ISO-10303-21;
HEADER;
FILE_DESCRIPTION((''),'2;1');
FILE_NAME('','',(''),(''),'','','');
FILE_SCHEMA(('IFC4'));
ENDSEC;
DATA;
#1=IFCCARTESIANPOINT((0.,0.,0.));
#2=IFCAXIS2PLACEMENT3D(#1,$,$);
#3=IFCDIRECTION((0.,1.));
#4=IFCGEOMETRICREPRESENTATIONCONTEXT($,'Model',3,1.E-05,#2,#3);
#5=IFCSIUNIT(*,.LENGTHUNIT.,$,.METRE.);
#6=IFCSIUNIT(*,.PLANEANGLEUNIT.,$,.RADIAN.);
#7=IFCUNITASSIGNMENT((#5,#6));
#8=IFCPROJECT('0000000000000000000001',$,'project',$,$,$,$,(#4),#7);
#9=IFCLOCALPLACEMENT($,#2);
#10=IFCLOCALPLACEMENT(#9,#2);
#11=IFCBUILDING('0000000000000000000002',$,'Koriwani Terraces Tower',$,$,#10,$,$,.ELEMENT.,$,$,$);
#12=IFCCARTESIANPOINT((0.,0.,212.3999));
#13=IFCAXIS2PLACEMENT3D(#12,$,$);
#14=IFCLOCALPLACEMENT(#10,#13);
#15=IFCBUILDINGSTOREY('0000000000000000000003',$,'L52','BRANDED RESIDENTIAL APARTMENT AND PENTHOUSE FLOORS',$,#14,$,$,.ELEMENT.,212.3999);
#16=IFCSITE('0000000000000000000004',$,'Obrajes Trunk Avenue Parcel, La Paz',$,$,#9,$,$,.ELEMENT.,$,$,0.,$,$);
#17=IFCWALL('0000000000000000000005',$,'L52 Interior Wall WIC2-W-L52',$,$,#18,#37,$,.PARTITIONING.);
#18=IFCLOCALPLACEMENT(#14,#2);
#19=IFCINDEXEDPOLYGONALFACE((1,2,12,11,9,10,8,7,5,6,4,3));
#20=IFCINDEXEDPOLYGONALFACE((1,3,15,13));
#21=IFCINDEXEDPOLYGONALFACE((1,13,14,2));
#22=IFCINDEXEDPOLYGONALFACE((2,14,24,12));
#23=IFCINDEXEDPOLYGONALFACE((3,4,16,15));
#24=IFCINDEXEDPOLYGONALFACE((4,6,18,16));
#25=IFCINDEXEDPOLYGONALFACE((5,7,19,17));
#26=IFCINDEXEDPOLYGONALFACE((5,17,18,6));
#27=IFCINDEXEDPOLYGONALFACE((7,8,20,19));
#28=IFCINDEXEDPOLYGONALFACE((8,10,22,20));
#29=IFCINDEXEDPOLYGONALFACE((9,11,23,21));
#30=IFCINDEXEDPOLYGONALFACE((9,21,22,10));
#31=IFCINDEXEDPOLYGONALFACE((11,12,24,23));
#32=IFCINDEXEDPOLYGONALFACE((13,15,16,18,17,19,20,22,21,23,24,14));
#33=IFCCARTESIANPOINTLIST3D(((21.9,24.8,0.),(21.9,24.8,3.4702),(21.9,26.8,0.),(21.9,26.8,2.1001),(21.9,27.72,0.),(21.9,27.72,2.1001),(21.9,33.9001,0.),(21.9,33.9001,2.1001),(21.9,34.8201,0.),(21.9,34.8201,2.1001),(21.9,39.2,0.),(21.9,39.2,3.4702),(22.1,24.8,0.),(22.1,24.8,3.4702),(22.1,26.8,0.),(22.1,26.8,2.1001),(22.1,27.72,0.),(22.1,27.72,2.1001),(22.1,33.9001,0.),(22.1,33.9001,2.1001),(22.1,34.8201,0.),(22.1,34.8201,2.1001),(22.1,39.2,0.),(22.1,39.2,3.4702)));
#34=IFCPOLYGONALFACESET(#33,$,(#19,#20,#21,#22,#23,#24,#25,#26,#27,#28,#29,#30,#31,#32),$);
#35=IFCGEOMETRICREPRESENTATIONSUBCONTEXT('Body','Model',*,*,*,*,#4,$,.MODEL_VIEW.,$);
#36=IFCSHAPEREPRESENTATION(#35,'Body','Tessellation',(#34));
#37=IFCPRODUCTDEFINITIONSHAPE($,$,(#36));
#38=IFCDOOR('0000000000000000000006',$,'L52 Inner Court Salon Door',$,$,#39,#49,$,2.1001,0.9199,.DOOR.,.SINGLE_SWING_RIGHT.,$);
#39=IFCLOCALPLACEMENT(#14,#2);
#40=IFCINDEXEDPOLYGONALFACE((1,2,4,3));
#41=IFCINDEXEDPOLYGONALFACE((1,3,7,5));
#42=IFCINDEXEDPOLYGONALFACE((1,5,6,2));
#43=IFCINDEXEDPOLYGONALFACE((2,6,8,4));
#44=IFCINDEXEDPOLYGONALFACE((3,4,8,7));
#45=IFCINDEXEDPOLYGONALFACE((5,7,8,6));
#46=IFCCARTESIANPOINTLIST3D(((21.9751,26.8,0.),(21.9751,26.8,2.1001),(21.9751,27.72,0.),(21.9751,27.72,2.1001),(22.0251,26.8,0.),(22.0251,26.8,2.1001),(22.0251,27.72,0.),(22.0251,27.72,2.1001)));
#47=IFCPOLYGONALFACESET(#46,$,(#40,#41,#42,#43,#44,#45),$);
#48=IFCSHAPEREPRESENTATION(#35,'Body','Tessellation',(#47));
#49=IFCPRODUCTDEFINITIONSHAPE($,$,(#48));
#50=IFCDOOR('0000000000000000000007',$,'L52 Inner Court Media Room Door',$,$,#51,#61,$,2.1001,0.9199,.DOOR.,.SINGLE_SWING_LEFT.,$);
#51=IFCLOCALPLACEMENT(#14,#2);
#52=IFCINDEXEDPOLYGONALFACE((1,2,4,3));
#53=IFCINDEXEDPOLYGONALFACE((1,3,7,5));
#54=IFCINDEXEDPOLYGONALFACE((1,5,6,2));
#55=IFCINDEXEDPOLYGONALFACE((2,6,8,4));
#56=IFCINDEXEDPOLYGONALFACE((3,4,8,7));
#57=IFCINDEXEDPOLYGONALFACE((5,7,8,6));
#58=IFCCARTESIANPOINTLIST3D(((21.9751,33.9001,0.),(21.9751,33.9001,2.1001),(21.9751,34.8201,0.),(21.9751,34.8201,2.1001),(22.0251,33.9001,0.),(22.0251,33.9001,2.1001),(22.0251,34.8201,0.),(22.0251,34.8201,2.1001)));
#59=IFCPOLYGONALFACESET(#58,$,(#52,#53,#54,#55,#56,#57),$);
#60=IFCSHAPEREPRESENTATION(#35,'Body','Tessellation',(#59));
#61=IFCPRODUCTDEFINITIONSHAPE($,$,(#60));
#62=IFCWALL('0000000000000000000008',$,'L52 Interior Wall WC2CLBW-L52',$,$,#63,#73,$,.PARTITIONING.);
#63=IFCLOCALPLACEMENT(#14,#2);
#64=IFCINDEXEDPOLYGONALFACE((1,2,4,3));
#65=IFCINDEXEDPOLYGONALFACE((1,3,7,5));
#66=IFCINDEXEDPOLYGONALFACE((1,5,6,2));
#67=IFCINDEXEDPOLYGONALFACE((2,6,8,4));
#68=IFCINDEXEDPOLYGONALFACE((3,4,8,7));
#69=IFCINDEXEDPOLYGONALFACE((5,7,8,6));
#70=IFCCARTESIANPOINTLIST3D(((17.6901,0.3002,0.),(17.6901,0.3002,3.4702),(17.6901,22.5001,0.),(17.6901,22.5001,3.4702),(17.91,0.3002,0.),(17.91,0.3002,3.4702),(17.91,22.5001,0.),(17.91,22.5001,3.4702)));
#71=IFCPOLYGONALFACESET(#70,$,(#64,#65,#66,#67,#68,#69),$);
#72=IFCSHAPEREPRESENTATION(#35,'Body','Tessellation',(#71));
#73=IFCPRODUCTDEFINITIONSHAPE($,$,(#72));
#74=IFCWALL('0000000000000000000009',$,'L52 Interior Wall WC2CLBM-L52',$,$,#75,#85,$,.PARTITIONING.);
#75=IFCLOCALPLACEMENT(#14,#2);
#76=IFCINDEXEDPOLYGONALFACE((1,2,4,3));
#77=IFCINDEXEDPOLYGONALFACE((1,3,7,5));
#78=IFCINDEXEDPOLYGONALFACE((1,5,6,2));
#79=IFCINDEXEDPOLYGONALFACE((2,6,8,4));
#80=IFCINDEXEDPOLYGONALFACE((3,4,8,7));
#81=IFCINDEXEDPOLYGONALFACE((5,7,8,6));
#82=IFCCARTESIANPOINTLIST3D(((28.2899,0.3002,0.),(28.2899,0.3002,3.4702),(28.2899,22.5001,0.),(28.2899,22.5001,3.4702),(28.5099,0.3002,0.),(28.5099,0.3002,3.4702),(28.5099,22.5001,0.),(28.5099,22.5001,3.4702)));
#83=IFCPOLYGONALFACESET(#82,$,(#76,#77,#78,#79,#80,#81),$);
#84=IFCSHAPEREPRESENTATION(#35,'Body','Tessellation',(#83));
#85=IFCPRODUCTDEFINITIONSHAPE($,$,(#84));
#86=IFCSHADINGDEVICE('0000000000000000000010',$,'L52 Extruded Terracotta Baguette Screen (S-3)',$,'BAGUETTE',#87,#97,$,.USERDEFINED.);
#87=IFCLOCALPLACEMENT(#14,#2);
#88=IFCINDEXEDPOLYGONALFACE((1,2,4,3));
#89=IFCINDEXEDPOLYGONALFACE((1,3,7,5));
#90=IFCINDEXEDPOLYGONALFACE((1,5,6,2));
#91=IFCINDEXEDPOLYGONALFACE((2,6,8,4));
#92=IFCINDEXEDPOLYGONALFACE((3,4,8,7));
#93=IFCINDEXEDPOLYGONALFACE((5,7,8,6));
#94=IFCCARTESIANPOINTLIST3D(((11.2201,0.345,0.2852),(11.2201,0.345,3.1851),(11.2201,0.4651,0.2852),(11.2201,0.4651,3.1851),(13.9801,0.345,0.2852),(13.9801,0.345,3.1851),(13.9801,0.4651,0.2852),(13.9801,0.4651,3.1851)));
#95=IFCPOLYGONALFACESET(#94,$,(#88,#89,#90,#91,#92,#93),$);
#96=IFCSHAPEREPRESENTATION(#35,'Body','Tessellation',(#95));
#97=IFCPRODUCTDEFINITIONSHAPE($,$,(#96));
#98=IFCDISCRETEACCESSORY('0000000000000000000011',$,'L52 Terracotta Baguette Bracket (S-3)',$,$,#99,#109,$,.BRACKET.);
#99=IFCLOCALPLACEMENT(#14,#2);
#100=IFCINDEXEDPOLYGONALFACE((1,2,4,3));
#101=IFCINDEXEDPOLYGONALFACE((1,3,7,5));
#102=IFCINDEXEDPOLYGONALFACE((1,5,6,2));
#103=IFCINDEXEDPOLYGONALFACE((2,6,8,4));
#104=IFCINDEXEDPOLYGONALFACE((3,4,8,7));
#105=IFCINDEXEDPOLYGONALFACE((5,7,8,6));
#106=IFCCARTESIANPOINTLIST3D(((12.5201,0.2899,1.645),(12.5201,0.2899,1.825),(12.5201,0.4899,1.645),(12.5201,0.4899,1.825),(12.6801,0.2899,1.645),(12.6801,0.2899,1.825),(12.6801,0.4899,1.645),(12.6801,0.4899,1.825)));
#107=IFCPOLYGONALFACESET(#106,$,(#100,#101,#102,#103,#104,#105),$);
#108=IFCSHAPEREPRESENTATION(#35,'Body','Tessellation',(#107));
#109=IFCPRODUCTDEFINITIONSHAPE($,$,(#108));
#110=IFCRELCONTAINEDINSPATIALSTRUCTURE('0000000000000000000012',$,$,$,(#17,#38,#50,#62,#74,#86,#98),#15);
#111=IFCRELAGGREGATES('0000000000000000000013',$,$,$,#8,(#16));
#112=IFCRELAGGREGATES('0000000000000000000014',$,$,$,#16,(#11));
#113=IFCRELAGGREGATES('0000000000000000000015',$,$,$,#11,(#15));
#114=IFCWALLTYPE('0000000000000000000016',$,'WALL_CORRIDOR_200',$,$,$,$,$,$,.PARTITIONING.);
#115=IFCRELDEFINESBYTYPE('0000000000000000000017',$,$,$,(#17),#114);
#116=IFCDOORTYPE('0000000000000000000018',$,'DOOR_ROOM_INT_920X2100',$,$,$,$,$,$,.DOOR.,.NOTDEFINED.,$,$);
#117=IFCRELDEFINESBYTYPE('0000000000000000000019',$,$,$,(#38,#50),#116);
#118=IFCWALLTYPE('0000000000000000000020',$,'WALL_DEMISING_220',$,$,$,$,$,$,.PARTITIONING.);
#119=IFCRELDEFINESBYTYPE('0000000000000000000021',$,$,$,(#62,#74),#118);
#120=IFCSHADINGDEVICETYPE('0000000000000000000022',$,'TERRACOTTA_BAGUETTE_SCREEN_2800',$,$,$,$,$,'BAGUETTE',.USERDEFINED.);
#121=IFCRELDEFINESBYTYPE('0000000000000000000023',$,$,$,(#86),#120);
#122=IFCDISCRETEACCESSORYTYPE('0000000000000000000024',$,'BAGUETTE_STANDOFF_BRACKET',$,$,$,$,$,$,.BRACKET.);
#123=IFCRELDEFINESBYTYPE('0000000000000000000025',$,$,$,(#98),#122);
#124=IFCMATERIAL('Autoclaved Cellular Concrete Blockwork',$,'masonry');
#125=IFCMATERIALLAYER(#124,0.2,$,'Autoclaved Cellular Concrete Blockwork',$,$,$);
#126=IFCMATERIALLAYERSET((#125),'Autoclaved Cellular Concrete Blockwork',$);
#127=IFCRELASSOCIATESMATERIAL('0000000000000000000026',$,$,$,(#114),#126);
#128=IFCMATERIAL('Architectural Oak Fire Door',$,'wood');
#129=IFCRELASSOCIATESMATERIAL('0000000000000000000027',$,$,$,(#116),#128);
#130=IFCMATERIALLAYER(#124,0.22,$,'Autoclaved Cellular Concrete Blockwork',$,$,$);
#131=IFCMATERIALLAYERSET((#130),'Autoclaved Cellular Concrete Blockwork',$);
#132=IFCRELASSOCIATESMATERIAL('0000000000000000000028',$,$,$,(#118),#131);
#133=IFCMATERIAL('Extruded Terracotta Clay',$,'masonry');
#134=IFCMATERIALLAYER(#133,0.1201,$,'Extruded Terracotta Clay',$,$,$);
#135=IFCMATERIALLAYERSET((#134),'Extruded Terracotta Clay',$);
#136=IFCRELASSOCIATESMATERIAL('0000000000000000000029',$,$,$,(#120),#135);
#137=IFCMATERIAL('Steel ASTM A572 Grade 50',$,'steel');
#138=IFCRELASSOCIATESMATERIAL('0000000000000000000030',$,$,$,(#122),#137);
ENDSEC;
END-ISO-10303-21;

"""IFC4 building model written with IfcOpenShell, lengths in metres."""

from ifc_helpers import new_model, si_unit, direction, frame, frame_2d, origin, origin_2d, place, context, subcontext, project, spatial, rectangle, extrude, material, layer, layer_set, type_object, element, fill, save


model = new_model("IFC4")

# Units and contexts
model_context = context("Model", 3, precision=1e-05, world=origin(), true_north=direction((0.0, 1.0)))
body_context = subcontext(model_context, "Body", "Model", "MODEL_VIEW")
ifc_project = project(units=[si_unit("LENGTHUNIT", "METRE"), si_unit("PLANEANGLEUNIT", "RADIAN")], contexts=[model_context])

# Site, building, storey
site_placement = place(None, origin())
site = spatial("IfcSite", under=ifc_project, at=site_placement, Name="Obrajes Trunk Avenue Parcel, La Paz", CompositionType="ELEMENT", RefElevation=0.0)
building_placement = place(site_placement, origin())
building = spatial("IfcBuilding", under=site, at=building_placement, Name="Koriwani Terraces Tower", CompositionType="ELEMENT")
storey_placement = place(building_placement, frame((0.0, 0.0, 212.3999)))
storey = spatial("IfcBuildingStorey", under=building, at=storey_placement, Name="L52", Description="BRANDED RESIDENTIAL APARTMENT AND PENTHOUSE FLOORS", CompositionType="ELEMENT", Elevation=212.3999)

# Shared definitions
ifc_material_1 = material(Name="Steel ASTM A572 Grade 50", Category="steel")

# Wall, openings, doors
ifc_material_2 = material(Name="Autoclaved Cellular Concrete Blockwork", Category="masonry")
ifc_layer_1 = layer(ifc_material_2, 0.2, Name="Autoclaved Cellular Concrete Blockwork")
ifc_layer_set_1 = layer_set([ifc_layer_1], Name="Autoclaved Cellular Concrete Blockwork")
wall_type_1 = type_object("IfcWallType", Name="WALL_CORRIDOR_200", PredefinedType="PARTITIONING", material=ifc_layer_set_1)
wall_placement = place(storey_placement, frame((22.0, 24.8, 0.0), z_axis=(0.0, 0.0, 1.0), x_axis=(0.0, 1.0, 0.0)))
wall = element("IfcWall", 1, at=wall_placement, inside=storey, type_object=wall_type_1, Name="L52 Interior Wall WIC2-W-L52", PredefinedType="PARTITIONING", context=body_context, shape_type="SweptSolid", body=[
    extrude(rectangle(XDim=14.3999, YDim=0.2, at=frame_2d((7.2, 0.0))), origin(), (0.0, 0.0, 1.0), 3.4702),
])
opening_1_placement = place(wall_placement, frame((2.0, 0.0, 0.0)))
opening_1 = element("IfcOpeningElement", 2, at=opening_1_placement, cuts=wall, PredefinedType="OPENING", context=body_context, shape_type="SweptSolid", body=[
    extrude(rectangle(XDim=0.9199, YDim=2.1001, at=frame_2d((0.46, 1.05))), frame((0.0, 0.1099, 0.0), z_axis=(0.0, -1.0, 0.0), x_axis=(1.0, 0.0, 0.0)), (0.0, 0.0, 1.0), 0.22),
])
opening_2_placement = place(wall_placement, frame((9.1001, 0.0, 0.0)))
opening_2 = element("IfcOpeningElement", 3, at=opening_2_placement, cuts=wall, PredefinedType="OPENING", context=body_context, shape_type="SweptSolid", body=[
    extrude(rectangle(XDim=0.9199, YDim=2.1001, at=frame_2d((0.46, 1.05))), frame((0.0, 0.1099, 0.0), z_axis=(0.0, -1.0, 0.0), x_axis=(1.0, 0.0, 0.0)), (0.0, 0.0, 1.0), 0.22),
])
ifc_material_3 = material(Name="Architectural Oak Fire Door", Category="wood")
door_type = type_object("IfcDoorType", Name="DOOR_ROOM_INT_920X2100", OperationType="NOTDEFINED", PredefinedType="DOOR", material=ifc_material_3)
door_1_placement = place(opening_1_placement, origin())
door_1 = element("IfcDoor", 4, at=door_1_placement, inside=storey, type_object=door_type, Name="L52 Inner Court Salon Door", OperationType="SINGLE_SWING_RIGHT", OverallHeight=2.1001, OverallWidth=0.9199, PredefinedType="DOOR", context=body_context, shape_type="SweptSolid", body=[
    extrude(rectangle(XDim=0.9199, YDim=2.1001, at=frame_2d((0.46, 1.05))), frame((0.0, 0.0249, 0.0), z_axis=(0.0, -1.0, 0.0), x_axis=(1.0, 0.0, 0.0)), (0.0, 0.0, 1.0), 0.05),
])
fill(opening_1, door_1)
door_2_placement = place(opening_2_placement, origin())
door_2 = element("IfcDoor", 5, at=door_2_placement, inside=storey, type_object=door_type, Name="L52 Inner Court Media Room Door", OperationType="SINGLE_SWING_LEFT", OverallHeight=2.1001, OverallWidth=0.9199, PredefinedType="DOOR", context=body_context, shape_type="SweptSolid", body=[
    extrude(rectangle(XDim=0.9199, YDim=2.1001, at=frame_2d((0.46, 1.05))), frame((0.0, 0.0249, 0.0), z_axis=(0.0, -1.0, 0.0), x_axis=(1.0, 0.0, 0.0)), (0.0, 0.0, 1.0), 0.05),
])
fill(opening_2, door_2)

# Walls
ifc_layer_2 = layer(ifc_material_2, 0.22, Name="Autoclaved Cellular Concrete Blockwork")
ifc_layer_set_2 = layer_set([ifc_layer_2], Name="Autoclaved Cellular Concrete Blockwork")
wall_type_2 = type_object("IfcWallType", Name="WALL_DEMISING_220", PredefinedType="PARTITIONING", material=ifc_layer_set_2)
for number, where, z_axis, x_axis, name in (
    (6, (17.8, 0.3, 0.0), (0.0, 0.0, 1.0), (0.0, 1.0, 0.0), "L52 Interior Wall WC2CLBW-L52"),
    (7, (28.3999, 0.3, 0.0), (0.0, 0.0, 1.0), (0.0, 1.0, 0.0), "L52 Interior Wall WC2CLBM-L52"),
):
    element("IfcWall", number, at=place(storey_placement, frame(where, z_axis=z_axis, x_axis=x_axis)), inside=storey, type_object=wall_type_2, Name=name, PredefinedType="PARTITIONING", context=body_context, shape_type="SweptSolid", body=[
        extrude(rectangle(XDim=22.2, YDim=0.22, at=frame_2d((11.1001, 0.0))), origin(), (0.0, 0.0, 1.0), 3.4702),
    ])

# Shading device
ifc_material_4 = material(Name="Extruded Terracotta Clay", Category="masonry")
ifc_layer_3 = layer(ifc_material_4, 0.1201, Name="Extruded Terracotta Clay")
ifc_layer_set_3 = layer_set([ifc_layer_3], Name="Extruded Terracotta Clay")
shading_device_type = type_object("IfcShadingDeviceType", Name="TERRACOTTA_BAGUETTE_SCREEN_2800", ElementType="BAGUETTE", PredefinedType="USERDEFINED", material=ifc_layer_set_3)
shading_device_placement = place(storey_placement, frame((12.6001, 0.405, 0.2852), z_axis=(0.0, 0.0, 1.0), x_axis=(-1.0, 0.0, 0.0)))
element("IfcShadingDevice", 8, at=shading_device_placement, inside=storey, type_object=shading_device_type, Name="L52 Extruded Terracotta Baguette Screen (S-3)", ObjectType="BAGUETTE", PredefinedType="USERDEFINED", context=body_context, shape_type="SweptSolid", body=[
    extrude(rectangle(XDim=2.76, YDim=0.1201, at=origin_2d()), origin(), (0.0, 0.0, 1.0), 2.8999),
])

# Discrete accessory
discrete_accessory_type = type_object("IfcDiscreteAccessoryType", Name="BAGUETTE_STANDOFF_BRACKET", PredefinedType="BRACKET", material=ifc_material_1)
discrete_accessory_placement = place(storey_placement, frame((12.6001, 0.3899, 1.645), z_axis=(0.0, 0.0, 1.0), x_axis=(-1.0, 0.0, 0.0)))
element("IfcDiscreteAccessory", 9, at=discrete_accessory_placement, inside=storey, type_object=discrete_accessory_type, Name="L52 Terracotta Baguette Bracket (S-3)", PredefinedType="BRACKET", context=body_context, shape_type="SweptSolid", body=[
    extrude(rectangle(XDim=0.1599, YDim=0.2, at=origin_2d()), origin(), (0.0, 0.0, 1.0), 0.1799),
])

save(model, "model.ifc")
